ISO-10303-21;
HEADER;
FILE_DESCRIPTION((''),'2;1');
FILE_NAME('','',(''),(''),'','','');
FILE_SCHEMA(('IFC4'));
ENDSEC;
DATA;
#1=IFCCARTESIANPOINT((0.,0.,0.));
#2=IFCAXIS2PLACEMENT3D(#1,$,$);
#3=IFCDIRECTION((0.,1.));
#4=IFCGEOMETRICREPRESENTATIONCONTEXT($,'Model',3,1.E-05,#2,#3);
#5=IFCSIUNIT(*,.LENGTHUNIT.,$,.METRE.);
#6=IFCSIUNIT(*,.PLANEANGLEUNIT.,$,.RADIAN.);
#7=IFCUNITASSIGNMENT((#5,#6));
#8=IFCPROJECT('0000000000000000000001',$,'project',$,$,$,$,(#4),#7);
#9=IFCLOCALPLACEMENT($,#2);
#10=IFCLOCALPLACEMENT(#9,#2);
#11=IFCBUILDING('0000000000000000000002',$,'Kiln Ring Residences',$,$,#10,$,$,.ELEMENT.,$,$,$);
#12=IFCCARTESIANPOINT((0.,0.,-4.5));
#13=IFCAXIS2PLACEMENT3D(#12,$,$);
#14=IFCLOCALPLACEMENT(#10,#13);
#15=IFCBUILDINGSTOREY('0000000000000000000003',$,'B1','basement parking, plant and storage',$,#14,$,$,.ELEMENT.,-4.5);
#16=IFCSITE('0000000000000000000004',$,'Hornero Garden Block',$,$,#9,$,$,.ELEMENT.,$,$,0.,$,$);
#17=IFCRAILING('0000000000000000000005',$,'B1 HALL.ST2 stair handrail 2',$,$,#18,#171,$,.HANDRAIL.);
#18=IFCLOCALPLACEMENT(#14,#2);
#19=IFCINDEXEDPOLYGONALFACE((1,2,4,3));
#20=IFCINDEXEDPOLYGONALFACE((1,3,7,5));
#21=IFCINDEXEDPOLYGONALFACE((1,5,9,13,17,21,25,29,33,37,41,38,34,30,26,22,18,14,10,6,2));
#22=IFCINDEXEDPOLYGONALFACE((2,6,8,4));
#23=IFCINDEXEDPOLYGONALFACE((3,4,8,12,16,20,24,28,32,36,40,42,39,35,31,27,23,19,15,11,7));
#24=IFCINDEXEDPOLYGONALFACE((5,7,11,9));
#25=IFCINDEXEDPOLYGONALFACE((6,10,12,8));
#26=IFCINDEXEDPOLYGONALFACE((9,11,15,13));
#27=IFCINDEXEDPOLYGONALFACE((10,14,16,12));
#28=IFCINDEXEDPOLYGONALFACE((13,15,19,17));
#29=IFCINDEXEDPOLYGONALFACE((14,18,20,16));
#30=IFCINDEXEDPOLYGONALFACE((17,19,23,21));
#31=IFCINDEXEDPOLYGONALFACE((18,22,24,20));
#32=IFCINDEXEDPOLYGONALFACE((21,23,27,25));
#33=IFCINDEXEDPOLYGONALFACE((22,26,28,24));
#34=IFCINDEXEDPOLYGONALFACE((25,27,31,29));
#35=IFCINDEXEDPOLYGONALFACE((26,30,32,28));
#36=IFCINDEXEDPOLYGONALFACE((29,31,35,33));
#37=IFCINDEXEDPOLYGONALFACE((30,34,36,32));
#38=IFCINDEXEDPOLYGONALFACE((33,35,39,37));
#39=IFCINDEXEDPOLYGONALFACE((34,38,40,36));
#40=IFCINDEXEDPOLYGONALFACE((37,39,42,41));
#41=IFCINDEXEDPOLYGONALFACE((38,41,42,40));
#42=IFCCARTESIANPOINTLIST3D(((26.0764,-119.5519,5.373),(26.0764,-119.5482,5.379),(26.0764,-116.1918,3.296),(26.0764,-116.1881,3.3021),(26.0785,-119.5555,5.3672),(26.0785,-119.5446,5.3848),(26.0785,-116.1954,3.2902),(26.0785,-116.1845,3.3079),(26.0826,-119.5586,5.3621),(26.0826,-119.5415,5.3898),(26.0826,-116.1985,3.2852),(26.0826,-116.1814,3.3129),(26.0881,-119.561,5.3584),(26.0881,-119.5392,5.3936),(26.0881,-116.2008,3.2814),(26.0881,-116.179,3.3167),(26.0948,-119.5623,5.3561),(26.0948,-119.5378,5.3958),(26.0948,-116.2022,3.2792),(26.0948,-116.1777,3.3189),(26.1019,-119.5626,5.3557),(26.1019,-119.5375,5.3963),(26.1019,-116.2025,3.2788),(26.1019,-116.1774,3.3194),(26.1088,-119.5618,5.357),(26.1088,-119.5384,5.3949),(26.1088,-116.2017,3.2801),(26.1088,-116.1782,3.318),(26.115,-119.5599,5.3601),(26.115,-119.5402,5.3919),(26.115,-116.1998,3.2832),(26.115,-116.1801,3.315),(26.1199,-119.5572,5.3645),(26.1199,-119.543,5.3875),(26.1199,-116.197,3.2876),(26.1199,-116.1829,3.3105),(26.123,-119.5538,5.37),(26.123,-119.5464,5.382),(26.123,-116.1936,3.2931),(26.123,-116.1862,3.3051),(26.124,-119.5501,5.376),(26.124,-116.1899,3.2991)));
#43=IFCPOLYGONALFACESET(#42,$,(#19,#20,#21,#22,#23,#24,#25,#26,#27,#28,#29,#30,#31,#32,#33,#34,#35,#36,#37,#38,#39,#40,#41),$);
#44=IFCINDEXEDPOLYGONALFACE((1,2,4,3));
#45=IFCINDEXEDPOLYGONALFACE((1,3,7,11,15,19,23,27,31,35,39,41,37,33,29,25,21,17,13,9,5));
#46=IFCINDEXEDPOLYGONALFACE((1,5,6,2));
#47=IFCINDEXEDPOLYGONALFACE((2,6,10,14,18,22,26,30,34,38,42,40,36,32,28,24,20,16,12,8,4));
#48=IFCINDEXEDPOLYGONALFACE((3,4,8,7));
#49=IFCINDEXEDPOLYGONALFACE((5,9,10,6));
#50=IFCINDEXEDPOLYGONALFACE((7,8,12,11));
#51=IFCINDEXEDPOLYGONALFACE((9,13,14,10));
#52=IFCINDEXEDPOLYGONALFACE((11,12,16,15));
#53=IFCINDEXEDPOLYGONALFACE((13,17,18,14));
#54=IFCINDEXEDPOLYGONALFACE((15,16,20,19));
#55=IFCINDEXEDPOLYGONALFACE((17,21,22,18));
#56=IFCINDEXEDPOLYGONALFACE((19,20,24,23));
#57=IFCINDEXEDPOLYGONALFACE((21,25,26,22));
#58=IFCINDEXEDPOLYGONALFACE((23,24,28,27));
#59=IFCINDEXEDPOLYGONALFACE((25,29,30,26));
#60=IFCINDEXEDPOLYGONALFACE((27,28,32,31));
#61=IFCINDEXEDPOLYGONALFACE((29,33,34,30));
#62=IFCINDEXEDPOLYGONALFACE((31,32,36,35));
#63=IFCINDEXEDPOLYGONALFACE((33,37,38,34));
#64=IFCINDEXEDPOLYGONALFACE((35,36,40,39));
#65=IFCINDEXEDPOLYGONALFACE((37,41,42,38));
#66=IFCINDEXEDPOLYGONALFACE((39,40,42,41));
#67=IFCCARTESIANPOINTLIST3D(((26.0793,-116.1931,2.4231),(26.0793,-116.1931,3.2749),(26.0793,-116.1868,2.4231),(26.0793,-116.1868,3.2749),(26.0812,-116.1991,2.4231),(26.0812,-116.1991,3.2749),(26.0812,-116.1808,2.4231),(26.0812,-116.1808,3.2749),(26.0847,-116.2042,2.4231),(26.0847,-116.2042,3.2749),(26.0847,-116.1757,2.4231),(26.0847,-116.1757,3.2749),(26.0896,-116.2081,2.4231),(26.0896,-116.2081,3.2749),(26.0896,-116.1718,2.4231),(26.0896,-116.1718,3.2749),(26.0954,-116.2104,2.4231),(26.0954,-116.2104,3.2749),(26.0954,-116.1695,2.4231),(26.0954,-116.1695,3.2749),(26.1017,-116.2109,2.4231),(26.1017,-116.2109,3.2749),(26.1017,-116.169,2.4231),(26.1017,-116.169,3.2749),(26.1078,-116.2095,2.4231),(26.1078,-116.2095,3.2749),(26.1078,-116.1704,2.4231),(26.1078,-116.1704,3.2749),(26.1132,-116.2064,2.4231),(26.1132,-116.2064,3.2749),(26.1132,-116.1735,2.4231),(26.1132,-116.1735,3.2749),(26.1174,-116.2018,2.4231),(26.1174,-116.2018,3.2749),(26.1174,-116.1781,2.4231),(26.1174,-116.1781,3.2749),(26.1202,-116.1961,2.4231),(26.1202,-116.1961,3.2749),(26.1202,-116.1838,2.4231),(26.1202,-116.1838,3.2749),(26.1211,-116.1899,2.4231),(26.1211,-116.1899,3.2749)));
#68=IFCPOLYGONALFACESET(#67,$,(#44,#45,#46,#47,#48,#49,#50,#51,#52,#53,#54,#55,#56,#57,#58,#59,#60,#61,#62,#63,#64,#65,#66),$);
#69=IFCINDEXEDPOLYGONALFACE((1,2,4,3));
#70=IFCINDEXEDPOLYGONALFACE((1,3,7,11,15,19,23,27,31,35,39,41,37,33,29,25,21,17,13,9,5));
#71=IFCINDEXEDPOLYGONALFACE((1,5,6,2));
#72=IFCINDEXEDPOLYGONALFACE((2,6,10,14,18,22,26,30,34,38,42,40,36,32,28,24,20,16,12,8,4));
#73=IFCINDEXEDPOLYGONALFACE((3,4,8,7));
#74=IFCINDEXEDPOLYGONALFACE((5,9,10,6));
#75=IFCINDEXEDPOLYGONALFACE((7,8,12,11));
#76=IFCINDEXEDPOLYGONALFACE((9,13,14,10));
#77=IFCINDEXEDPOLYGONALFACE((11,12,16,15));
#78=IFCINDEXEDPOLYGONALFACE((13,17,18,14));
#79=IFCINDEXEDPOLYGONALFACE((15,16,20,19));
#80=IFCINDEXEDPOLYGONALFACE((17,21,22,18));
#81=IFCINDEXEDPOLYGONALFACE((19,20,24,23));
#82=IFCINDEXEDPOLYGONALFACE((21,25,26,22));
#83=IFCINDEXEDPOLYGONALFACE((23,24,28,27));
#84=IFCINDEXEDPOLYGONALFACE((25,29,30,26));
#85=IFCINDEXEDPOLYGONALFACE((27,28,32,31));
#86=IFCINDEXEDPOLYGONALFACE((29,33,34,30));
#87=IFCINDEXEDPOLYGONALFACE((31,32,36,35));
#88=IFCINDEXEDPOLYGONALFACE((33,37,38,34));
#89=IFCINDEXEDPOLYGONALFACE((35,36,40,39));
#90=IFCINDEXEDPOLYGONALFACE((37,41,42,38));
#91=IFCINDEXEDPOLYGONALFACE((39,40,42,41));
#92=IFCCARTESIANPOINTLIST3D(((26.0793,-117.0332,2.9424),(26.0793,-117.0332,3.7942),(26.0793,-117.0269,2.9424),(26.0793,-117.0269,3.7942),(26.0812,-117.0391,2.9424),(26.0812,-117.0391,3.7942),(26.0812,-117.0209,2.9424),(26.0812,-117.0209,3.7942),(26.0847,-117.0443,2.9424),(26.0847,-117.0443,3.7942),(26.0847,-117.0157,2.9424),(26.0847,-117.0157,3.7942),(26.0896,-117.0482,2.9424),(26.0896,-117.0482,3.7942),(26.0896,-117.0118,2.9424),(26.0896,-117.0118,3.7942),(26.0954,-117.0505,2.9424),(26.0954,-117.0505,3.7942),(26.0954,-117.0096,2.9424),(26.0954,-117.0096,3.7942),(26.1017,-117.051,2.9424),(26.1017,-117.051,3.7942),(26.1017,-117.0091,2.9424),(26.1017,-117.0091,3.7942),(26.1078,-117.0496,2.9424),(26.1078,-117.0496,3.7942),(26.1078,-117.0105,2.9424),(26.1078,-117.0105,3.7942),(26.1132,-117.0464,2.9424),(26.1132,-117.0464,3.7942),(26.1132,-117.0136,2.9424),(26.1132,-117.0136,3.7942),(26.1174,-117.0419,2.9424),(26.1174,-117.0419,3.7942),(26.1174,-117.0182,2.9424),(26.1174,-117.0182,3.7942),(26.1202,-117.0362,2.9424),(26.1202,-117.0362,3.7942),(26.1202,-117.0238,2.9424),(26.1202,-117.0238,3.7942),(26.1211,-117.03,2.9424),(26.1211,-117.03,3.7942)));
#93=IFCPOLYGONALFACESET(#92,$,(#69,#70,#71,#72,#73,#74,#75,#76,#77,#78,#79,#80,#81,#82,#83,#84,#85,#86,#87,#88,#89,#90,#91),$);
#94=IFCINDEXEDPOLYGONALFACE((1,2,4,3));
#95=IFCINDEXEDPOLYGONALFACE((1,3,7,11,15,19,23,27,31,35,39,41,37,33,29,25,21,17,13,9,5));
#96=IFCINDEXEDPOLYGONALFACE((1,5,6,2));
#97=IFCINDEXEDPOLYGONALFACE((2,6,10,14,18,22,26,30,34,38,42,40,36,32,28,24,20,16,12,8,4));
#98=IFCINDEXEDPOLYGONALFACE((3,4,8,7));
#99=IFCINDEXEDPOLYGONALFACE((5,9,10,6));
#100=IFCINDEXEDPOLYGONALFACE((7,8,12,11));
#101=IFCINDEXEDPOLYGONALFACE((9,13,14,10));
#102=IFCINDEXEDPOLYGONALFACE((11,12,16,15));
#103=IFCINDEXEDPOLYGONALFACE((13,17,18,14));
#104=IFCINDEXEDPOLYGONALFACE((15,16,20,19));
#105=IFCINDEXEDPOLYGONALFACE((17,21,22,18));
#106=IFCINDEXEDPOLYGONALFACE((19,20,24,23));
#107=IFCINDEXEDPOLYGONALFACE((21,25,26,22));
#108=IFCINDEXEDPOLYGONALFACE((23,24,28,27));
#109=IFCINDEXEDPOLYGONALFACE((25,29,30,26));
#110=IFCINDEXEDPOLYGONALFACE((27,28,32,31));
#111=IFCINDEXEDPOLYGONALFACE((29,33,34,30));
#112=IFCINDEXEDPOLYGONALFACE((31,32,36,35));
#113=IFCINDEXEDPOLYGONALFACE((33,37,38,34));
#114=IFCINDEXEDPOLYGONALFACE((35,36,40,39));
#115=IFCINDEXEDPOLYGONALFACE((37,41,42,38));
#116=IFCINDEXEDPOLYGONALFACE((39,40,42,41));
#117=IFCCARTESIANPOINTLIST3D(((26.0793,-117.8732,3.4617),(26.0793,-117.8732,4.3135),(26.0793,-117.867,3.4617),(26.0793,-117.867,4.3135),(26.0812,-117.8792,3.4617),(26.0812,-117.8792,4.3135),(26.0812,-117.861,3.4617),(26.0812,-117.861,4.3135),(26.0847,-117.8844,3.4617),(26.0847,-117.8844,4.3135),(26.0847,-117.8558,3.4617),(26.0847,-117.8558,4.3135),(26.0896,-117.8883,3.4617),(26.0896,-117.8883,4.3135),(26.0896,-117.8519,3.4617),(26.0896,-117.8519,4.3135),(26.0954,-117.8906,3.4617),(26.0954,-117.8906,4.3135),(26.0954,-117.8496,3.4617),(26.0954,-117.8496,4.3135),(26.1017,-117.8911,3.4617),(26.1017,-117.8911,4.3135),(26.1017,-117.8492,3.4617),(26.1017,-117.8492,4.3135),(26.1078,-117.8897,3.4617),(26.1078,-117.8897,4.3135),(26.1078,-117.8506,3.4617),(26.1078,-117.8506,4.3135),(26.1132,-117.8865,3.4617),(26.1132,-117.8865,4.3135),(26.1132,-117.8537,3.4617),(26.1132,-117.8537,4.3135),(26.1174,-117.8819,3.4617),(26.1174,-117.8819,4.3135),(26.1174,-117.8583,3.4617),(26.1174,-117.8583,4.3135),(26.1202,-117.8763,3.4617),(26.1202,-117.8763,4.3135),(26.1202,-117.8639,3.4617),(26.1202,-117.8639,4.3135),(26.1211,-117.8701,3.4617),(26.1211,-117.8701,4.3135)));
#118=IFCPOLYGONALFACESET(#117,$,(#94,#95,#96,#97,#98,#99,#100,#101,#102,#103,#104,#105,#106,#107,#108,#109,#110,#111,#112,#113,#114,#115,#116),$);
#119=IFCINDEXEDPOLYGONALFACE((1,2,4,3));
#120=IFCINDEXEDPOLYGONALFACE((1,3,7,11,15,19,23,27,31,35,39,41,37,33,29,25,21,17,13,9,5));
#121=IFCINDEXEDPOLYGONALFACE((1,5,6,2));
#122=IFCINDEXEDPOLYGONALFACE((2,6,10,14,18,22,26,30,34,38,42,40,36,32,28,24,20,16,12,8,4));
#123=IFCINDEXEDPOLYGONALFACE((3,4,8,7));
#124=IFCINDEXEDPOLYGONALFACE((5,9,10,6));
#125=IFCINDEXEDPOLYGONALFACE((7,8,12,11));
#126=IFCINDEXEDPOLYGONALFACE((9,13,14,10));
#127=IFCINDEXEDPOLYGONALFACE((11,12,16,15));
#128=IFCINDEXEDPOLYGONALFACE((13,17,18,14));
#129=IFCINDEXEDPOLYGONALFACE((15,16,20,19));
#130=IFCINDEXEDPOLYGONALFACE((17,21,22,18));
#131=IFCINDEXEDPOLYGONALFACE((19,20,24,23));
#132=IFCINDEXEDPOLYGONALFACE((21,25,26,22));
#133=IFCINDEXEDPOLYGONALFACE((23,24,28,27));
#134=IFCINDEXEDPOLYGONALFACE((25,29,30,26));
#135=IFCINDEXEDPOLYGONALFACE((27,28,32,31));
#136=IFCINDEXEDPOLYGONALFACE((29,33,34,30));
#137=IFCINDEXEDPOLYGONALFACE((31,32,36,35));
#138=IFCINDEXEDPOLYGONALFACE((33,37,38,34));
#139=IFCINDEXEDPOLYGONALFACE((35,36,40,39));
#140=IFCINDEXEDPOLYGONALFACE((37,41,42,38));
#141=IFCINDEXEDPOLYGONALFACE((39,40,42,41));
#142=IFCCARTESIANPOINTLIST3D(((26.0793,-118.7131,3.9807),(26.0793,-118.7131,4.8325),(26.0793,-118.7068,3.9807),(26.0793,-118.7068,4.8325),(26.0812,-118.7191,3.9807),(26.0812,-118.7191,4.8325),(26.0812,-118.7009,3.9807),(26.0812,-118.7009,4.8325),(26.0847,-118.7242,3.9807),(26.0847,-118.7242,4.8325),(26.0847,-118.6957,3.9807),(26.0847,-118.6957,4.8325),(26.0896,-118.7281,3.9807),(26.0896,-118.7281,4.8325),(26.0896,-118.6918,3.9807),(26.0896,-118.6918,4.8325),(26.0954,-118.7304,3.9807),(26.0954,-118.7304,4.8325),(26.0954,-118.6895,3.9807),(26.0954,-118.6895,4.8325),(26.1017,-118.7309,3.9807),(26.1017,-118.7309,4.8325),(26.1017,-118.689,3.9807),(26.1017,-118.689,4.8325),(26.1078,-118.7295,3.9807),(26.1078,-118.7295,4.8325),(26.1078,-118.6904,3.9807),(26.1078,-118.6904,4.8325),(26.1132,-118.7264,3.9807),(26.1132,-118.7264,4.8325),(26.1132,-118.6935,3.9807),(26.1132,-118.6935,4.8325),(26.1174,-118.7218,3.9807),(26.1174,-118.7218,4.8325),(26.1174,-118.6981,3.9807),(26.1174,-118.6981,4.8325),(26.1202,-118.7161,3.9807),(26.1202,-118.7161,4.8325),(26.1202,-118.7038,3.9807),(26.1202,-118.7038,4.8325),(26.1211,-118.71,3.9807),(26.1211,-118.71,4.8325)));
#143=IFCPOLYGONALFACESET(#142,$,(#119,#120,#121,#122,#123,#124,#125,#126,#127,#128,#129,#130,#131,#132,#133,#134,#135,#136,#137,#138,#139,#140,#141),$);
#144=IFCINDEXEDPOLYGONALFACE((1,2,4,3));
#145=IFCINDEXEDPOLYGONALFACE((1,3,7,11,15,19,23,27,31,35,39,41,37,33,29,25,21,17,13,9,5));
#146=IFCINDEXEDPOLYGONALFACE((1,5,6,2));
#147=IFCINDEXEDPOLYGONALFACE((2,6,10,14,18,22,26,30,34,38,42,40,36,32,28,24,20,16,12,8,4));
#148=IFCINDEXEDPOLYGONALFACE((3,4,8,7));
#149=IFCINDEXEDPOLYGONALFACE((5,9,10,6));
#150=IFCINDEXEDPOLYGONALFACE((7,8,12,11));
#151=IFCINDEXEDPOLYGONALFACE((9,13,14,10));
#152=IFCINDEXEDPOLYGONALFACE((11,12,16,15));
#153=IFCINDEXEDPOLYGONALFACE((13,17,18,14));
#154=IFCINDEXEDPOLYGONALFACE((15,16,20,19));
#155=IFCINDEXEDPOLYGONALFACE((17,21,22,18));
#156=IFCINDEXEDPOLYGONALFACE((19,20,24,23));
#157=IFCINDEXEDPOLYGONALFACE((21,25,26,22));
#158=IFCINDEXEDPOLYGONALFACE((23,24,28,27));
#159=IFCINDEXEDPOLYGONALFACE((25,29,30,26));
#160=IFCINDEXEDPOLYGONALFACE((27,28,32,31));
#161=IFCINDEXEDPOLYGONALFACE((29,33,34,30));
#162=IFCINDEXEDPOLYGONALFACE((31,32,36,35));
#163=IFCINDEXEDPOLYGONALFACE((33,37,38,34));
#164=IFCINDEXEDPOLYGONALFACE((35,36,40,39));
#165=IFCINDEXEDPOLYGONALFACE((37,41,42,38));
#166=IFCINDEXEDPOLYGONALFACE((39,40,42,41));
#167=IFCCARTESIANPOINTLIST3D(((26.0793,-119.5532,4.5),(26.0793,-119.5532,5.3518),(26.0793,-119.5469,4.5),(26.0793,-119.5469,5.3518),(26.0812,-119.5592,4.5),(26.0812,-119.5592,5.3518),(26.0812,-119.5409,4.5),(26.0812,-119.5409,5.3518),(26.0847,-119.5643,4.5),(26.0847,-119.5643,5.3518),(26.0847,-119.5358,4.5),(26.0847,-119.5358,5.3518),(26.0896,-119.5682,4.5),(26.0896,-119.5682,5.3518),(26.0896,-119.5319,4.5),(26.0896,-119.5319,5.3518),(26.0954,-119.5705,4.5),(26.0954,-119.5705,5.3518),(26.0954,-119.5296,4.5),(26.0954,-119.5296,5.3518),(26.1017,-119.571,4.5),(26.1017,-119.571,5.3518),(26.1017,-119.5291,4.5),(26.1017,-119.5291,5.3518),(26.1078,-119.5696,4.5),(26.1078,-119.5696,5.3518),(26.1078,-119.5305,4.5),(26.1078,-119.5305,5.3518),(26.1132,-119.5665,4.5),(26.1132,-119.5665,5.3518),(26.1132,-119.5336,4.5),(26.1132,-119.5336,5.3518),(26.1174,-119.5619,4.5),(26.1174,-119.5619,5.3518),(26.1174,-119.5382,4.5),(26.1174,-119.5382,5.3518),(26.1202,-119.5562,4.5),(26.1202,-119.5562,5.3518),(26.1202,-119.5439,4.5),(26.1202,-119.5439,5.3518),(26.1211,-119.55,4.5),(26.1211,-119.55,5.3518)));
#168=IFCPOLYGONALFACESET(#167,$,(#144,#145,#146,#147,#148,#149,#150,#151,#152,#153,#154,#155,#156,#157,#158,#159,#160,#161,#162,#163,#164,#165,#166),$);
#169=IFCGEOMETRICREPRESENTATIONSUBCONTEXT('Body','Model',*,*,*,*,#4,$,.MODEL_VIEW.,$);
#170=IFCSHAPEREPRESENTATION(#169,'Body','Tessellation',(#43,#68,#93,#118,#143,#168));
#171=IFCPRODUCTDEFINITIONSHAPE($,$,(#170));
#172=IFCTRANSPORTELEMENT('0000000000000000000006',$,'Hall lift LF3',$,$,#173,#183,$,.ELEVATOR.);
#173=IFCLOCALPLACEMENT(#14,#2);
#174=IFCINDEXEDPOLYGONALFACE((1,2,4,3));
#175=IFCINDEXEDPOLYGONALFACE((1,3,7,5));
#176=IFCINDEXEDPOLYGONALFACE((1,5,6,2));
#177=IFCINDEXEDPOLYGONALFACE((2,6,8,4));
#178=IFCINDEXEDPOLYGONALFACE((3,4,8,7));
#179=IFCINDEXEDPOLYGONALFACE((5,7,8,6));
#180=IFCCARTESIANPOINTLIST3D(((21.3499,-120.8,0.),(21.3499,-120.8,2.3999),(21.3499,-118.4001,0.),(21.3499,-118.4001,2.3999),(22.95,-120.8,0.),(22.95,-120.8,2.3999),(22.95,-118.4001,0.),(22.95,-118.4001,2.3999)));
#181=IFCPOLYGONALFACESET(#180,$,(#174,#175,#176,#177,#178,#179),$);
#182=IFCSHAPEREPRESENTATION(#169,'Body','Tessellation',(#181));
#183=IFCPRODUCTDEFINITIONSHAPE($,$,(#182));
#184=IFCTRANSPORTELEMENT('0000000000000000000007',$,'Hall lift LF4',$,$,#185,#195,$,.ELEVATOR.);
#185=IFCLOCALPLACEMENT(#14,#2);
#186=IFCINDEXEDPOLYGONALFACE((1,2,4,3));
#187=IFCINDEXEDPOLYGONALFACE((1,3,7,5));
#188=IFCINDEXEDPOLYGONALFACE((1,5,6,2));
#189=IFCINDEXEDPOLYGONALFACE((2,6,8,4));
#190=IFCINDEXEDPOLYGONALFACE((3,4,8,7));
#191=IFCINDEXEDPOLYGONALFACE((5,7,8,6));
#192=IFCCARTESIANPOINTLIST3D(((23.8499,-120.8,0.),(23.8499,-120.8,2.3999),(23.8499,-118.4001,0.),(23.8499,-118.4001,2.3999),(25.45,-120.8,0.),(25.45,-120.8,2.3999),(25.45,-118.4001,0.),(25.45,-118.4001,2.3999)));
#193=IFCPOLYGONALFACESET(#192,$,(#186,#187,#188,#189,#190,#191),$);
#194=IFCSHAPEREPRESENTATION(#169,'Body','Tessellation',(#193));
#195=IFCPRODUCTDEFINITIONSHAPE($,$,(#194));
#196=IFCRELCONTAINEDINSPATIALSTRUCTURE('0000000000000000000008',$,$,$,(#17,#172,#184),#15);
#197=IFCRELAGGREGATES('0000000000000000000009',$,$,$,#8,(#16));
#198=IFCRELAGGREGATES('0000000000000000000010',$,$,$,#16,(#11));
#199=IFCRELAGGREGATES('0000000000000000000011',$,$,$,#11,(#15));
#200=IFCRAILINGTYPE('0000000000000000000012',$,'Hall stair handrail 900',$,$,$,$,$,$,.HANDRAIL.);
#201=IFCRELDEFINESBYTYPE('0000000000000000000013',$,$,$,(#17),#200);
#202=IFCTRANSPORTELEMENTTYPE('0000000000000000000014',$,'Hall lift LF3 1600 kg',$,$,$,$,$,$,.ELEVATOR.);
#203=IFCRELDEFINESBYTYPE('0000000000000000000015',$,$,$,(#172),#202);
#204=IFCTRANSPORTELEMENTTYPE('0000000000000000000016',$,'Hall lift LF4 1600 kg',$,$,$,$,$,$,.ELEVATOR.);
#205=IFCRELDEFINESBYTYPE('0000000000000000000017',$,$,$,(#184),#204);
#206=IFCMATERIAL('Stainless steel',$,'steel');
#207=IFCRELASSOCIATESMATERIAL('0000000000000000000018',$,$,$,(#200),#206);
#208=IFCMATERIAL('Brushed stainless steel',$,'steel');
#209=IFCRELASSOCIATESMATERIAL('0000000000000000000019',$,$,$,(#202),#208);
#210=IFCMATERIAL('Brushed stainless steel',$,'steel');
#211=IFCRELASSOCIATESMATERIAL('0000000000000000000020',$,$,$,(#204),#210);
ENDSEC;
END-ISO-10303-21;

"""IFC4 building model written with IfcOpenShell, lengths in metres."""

from ifc_helpers import new_model, si_unit, direction, frame, origin, origin_2d, place, context, subcontext, project, spatial, rectangle, circle, extrude, material, type_object, element, save


model = new_model("IFC4")

# Units and contexts
model_context = context("Model", 3, precision=1e-05, world=origin(), true_north=direction((0.0, 1.0)))
body_context = subcontext(model_context, "Body", "Model", "MODEL_VIEW")
ifc_project = project(units=[si_unit("LENGTHUNIT", "METRE"), si_unit("PLANEANGLEUNIT", "RADIAN")], contexts=[model_context])

# Site, building, storey
site_placement = place(None, origin())
site = spatial("IfcSite", under=ifc_project, at=site_placement, Name="Hornero Garden Block", CompositionType="ELEMENT", RefElevation=0.0)
building_placement = place(site_placement, origin())
building = spatial("IfcBuilding", under=site, at=building_placement, Name="Kiln Ring Residences", CompositionType="ELEMENT")
storey_placement = place(building_placement, frame((0.0, 0.0, -4.5)))
storey = spatial("IfcBuildingStorey", under=building, at=storey_placement, Name="B1", Description="basement parking, plant and storage", CompositionType="ELEMENT", Elevation=-4.5)

# Railing
ifc_material_1 = material(Name="Stainless steel", Category="steel")
railing_type_1 = type_object("IfcRailingType", Name="Hall stair handrail 900", PredefinedType="HANDRAIL", material=ifc_material_1)
railing_1_placement = place(storey_placement, frame((26.1001, -116.1899, 2.4231)))
element("IfcRailing", 1, at=railing_1_placement, inside=storey, type_object=railing_type_1, Name="B1 HALL.ST2 stair handrail 2", PredefinedType="HANDRAIL", context=body_context, shape_type="SweptSolid", body=[
    extrude(circle(Radius=0.0239, at=origin_2d()), frame((0.0, 0.0, 0.876), z_axis=(0.0, -0.850623, 0.525776), x_axis=(1.0, 0.0, 0.0)), (0.0, 0.0, 1.0), 3.9502),
    extrude(circle(Radius=0.021, at=origin_2d()), origin(), (0.0, 0.0, 1.0), 0.8518),
    extrude(circle(Radius=0.021, at=origin_2d()), frame((0.0, -0.8401, 0.5193)), (0.0, 0.0, 1.0), 0.8518),
    extrude(circle(Radius=0.021, at=origin_2d()), frame((0.0, -1.6802, 1.0386)), (0.0, 0.0, 1.0), 0.8518),
    extrude(circle(Radius=0.021, at=origin_2d()), frame((0.0, -2.52, 1.5576)), (0.0, 0.0, 1.0), 0.8518),
    extrude(circle(Radius=0.021, at=origin_2d()), frame((0.0, -3.3601, 2.0769)), (0.0, 0.0, 1.0), 0.8518),
])

# Transport elements
ifc_material_2 = material(Name="Brushed stainless steel", Category="steel")
transport_element_type_1 = type_object("IfcTransportElementType", Name="Hall lift LF3 1600 kg", PredefinedType="ELEVATOR", material=ifc_material_2)
transport_element_1_placement = place(storey_placement, frame((22.1499, -119.6001, 0.0), z_axis=(0.0, 0.0, 1.0), x_axis=(1.0, 0.0, 0.0)))
element("IfcTransportElement", 2, at=transport_element_1_placement, inside=storey, type_object=transport_element_type_1, Name="Hall lift LF3", PredefinedType="ELEVATOR", context=body_context, shape_type="SweptSolid", body=[
    extrude(rectangle(XDim=1.6001, YDim=2.3999, at=origin_2d()), origin(), (0.0, 0.0, 1.0), 2.3999),
])
ifc_material_3 = material(Name="Brushed stainless steel", Category="steel")
transport_element_type_2 = type_object("IfcTransportElementType", Name="Hall lift LF4 1600 kg", PredefinedType="ELEVATOR", material=ifc_material_3)
transport_element_2_placement = place(storey_placement, frame((24.6499, -119.6001, 0.0), z_axis=(0.0, 0.0, 1.0), x_axis=(1.0, 0.0, 0.0)))
element("IfcTransportElement", 3, at=transport_element_2_placement, inside=storey, type_object=transport_element_type_2, Name="Hall lift LF4", PredefinedType="ELEVATOR", context=body_context, shape_type="SweptSolid", body=[
    extrude(rectangle(XDim=1.6001, YDim=2.3999, at=origin_2d()), origin(), (0.0, 0.0, 1.0), 2.3999),
])

save(model, "model.ifc")
